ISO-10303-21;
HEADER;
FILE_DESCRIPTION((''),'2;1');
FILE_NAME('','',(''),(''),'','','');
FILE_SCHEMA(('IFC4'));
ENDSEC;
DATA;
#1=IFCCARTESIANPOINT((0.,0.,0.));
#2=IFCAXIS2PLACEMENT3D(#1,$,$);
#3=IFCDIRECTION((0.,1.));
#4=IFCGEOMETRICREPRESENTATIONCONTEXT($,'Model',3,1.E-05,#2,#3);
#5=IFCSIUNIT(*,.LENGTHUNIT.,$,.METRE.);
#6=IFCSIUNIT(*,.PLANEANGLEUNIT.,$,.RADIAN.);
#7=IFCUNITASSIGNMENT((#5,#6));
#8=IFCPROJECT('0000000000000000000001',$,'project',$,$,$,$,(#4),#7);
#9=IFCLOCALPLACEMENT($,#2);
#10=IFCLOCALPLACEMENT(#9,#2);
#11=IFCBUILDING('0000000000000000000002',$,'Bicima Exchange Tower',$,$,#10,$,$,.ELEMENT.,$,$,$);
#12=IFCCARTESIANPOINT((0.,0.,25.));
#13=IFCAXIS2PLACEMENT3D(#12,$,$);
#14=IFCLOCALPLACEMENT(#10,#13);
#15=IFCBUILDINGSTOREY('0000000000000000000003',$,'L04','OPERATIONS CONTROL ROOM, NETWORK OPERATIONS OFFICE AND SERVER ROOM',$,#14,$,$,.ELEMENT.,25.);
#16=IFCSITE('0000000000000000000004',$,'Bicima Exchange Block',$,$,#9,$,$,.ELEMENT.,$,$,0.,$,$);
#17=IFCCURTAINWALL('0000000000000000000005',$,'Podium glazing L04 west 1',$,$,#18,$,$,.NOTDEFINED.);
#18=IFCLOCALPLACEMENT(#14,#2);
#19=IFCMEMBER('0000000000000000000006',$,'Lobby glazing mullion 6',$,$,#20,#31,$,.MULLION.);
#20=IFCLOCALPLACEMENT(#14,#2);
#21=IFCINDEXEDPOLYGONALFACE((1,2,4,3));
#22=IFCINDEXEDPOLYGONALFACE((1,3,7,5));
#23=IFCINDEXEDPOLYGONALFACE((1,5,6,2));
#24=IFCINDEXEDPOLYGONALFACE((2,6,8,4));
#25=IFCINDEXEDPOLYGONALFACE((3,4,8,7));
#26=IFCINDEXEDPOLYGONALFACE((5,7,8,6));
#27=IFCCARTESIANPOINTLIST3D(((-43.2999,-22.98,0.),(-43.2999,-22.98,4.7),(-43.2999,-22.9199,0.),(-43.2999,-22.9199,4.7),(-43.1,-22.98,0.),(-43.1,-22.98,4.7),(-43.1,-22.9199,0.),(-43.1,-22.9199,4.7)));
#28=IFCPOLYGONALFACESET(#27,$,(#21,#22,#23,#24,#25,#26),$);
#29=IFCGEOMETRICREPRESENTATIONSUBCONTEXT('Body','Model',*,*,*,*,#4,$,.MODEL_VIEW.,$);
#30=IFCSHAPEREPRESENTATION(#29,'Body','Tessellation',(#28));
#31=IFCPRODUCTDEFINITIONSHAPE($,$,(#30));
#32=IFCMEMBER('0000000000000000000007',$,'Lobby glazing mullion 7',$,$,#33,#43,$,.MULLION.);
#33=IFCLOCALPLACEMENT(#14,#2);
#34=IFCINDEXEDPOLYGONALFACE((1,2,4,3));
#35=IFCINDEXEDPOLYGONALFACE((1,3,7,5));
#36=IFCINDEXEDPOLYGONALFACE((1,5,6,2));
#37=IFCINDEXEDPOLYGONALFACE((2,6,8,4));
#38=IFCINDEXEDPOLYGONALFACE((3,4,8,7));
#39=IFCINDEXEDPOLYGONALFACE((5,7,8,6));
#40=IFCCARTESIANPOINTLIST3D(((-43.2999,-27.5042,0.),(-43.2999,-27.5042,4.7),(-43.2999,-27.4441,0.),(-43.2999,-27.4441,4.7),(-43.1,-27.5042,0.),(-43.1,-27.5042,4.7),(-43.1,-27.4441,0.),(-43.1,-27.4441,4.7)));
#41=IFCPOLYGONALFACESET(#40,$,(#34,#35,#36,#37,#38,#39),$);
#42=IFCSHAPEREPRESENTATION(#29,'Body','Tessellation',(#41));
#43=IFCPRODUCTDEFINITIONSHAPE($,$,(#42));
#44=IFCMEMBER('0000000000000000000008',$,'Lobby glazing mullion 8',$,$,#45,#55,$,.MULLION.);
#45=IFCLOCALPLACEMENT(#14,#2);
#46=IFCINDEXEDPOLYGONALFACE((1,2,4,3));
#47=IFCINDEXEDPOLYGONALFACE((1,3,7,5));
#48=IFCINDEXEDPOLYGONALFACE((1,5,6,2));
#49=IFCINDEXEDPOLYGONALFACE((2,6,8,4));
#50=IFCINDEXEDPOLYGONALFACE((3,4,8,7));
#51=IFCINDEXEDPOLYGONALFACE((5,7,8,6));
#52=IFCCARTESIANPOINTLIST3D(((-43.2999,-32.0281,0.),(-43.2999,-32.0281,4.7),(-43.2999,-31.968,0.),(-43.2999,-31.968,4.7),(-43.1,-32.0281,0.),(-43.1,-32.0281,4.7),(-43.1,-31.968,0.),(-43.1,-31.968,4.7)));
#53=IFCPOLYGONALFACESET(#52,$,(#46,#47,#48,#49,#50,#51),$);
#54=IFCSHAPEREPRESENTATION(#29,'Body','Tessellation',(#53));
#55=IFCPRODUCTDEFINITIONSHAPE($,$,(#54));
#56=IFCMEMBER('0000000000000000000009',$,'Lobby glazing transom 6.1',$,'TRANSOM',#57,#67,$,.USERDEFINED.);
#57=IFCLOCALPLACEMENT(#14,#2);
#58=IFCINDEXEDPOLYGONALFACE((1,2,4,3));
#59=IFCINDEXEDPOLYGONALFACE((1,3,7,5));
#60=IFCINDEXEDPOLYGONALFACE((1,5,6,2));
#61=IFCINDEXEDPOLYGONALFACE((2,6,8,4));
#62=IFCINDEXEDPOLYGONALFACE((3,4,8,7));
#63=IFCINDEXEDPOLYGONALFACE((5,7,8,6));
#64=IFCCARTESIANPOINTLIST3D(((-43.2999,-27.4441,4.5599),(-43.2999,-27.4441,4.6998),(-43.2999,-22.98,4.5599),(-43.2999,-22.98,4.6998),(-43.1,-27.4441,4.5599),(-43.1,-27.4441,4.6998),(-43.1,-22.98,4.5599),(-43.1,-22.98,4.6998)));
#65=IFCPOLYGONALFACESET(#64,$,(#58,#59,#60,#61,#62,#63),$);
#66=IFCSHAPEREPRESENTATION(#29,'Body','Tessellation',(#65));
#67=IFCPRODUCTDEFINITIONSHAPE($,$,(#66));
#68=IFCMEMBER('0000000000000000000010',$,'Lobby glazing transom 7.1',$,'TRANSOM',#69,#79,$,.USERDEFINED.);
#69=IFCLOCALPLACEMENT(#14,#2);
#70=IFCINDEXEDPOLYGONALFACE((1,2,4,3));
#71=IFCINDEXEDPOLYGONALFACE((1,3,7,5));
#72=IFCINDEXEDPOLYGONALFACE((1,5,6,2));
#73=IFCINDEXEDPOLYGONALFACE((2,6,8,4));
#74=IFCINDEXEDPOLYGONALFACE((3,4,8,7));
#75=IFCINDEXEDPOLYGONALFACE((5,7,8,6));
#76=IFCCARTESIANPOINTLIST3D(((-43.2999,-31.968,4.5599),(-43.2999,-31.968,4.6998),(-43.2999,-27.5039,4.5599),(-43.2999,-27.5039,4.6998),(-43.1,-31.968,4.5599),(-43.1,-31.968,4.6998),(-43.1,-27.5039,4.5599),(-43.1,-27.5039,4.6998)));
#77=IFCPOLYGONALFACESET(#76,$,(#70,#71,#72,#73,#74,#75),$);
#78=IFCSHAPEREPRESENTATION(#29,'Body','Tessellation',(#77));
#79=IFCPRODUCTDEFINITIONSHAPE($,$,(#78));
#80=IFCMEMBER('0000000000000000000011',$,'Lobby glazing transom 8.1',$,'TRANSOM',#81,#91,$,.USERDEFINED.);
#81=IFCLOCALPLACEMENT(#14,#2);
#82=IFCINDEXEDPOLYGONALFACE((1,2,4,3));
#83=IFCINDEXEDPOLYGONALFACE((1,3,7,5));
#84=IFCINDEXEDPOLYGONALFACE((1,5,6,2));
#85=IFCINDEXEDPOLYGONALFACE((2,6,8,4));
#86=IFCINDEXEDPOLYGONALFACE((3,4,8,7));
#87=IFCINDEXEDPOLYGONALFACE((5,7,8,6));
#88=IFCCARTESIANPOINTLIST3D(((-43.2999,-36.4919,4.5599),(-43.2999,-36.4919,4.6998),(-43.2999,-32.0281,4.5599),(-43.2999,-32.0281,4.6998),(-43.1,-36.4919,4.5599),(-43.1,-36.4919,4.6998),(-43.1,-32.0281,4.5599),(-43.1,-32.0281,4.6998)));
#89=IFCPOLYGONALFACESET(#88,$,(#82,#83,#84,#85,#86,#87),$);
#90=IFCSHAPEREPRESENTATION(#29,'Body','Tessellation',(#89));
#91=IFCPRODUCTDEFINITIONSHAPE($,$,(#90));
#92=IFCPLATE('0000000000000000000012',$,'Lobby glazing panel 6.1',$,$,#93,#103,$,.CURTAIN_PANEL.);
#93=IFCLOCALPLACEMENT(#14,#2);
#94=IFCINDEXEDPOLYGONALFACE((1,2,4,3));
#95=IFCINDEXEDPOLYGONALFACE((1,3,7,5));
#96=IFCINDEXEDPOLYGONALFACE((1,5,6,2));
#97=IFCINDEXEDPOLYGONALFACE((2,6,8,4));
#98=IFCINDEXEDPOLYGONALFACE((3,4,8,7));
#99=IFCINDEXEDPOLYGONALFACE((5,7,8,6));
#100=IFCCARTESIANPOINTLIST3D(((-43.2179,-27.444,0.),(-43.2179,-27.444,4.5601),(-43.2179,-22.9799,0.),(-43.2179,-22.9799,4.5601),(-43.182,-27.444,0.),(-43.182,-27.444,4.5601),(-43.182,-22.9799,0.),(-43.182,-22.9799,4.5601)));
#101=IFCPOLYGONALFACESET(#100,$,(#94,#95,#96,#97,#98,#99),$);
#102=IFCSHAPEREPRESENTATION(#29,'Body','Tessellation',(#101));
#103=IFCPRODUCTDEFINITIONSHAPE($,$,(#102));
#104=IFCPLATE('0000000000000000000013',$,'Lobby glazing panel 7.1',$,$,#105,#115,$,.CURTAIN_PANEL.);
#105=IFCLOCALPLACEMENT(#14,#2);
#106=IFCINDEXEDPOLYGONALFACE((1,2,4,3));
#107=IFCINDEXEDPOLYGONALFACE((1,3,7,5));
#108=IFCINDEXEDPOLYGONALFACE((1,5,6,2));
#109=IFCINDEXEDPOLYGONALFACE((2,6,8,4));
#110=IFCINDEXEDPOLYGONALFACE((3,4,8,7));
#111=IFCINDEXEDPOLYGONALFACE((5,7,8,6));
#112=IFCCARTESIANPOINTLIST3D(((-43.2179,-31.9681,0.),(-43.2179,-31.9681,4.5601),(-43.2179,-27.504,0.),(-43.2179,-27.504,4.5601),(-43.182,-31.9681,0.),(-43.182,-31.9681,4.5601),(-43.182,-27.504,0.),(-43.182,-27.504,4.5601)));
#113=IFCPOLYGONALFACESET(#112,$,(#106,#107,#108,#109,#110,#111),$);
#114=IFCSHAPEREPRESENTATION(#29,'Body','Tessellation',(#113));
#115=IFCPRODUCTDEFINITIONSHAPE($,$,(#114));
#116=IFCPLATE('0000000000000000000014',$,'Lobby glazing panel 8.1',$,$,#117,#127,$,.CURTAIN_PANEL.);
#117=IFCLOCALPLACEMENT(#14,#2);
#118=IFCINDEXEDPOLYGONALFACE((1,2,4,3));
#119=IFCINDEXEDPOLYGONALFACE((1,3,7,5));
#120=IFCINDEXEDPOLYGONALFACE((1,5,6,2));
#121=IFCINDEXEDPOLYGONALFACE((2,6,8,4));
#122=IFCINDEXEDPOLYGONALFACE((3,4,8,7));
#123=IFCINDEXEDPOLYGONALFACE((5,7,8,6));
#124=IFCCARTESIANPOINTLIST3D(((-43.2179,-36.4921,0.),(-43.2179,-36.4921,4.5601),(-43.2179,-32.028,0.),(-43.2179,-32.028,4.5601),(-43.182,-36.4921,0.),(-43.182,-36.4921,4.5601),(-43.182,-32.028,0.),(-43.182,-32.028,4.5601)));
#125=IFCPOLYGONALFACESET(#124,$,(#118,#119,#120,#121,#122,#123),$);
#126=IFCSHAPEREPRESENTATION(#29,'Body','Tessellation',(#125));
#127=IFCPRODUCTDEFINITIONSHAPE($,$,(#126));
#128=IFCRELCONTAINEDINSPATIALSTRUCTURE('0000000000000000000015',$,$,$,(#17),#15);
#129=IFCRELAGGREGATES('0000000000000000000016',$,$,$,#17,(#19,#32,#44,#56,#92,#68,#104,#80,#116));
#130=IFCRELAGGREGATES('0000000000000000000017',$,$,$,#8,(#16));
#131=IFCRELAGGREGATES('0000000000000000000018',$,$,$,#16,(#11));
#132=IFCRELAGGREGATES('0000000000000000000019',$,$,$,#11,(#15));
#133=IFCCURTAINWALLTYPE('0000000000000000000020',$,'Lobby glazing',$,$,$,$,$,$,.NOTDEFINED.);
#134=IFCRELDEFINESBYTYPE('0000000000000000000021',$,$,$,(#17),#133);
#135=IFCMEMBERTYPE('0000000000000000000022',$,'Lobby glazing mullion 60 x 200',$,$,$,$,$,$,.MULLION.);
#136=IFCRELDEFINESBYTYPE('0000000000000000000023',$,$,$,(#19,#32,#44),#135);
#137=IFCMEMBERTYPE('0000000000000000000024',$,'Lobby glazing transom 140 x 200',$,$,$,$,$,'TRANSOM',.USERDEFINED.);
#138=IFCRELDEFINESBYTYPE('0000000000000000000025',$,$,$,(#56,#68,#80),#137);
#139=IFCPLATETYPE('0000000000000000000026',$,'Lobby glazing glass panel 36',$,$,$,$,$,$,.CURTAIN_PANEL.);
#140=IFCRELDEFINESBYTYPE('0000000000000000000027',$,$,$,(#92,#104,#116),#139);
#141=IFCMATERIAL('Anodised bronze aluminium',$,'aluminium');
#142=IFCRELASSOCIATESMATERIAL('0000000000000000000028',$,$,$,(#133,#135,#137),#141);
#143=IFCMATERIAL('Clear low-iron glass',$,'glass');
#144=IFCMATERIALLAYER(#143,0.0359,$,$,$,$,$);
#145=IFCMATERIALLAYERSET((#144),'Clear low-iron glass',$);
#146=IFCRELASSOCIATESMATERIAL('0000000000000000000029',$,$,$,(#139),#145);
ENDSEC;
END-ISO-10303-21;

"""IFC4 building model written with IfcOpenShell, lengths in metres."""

from ifc_helpers import new_model, si_unit, direction, frame, origin, origin_2d, place, context, subcontext, project, spatial, rectangle, extrude, material, layer, layer_set, material_profile, profile_set, type_object, element, aggregate, save


model = new_model("IFC4")

# Units and contexts
model_context = context("Model", 3, precision=1e-05, world=origin(), true_north=direction((0.0, 1.0)))
body_context = subcontext(model_context, "Body", "Model", "MODEL_VIEW")
ifc_project = project(units=[si_unit("LENGTHUNIT", "METRE"), si_unit("PLANEANGLEUNIT", "RADIAN")], contexts=[model_context])

# Site, building, storey
site_placement = place(None, origin())
site = spatial("IfcSite", under=ifc_project, at=site_placement, Name="Bicima Exchange Block", CompositionType="ELEMENT", RefElevation=0.0)
building_placement = place(site_placement, origin())
building = spatial("IfcBuilding", under=site, at=building_placement, Name="Bicima Exchange Tower", CompositionType="ELEMENT")
storey_placement = place(building_placement, frame((0.0, 0.0, 25.0)))
storey = spatial("IfcBuildingStorey", under=building, at=storey_placement, Name="L04", Description="OPERATIONS CONTROL ROOM, NETWORK OPERATIONS OFFICE AND SERVER ROOM", CompositionType="ELEMENT", Elevation=25.0)

# Curtain wall, members, plates
ifc_material_1 = material(Name="Anodised bronze aluminium", Category="aluminium")
curtain_wall_type = type_object("IfcCurtainWallType", Name="Lobby glazing", PredefinedType="NOTDEFINED", material=ifc_material_1)
curtain_wall_placement = place(storey_placement, origin())
curtain_wall = element("IfcCurtainWall", 1, at=curtain_wall_placement, inside=storey, type_object=curtain_wall_type, Name="Podium glazing L04 west 1", PredefinedType="NOTDEFINED")
ifc_material_profile_1 = material_profile(ifc_material_1, rectangle(XDim=0.2, YDim=0.0601, at=origin_2d()))
ifc_profile_set_1 = profile_set([ifc_material_profile_1], Name="Anodised bronze aluminium")
member_type_1 = type_object("IfcMemberType", Name="Lobby glazing mullion 60 x 200", PredefinedType="MULLION", material=ifc_profile_set_1)
member_1_placement = place(storey_placement, frame((-43.2, -22.95, 0.0), z_axis=(0.0, 0.0, 1.0), x_axis=(1.0, 0.0, 0.0)))
member_1 = element("IfcMember", 2, at=member_1_placement, type_object=member_type_1, Name="Lobby glazing mullion 6", PredefinedType="MULLION", context=body_context, shape_type="SweptSolid", body=[
    extrude(rectangle(XDim=0.2, YDim=0.0601, at=origin_2d()), origin(), (0.0, 0.0, 1.0), 4.7),
])
member_2_placement = place(storey_placement, frame((-43.2, -27.4741, 0.0), z_axis=(0.0, 0.0, 1.0), x_axis=(1.0, 0.0, 0.0)))
member_2 = element("IfcMember", 3, at=member_2_placement, type_object=member_type_1, Name="Lobby glazing mullion 7", PredefinedType="MULLION", context=body_context, shape_type="SweptSolid", body=[
    extrude(rectangle(XDim=0.2, YDim=0.0601, at=origin_2d()), origin(), (0.0, 0.0, 1.0), 4.7),
])
member_3_placement = place(storey_placement, frame((-43.2, -31.998, 0.0), z_axis=(0.0, 0.0, 1.0), x_axis=(1.0, 0.0, 0.0)))
member_3 = element("IfcMember", 4, at=member_3_placement, type_object=member_type_1, Name="Lobby glazing mullion 8", PredefinedType="MULLION", context=body_context, shape_type="SweptSolid", body=[
    extrude(rectangle(XDim=0.2, YDim=0.0601, at=origin_2d()), origin(), (0.0, 0.0, 1.0), 4.7),
])
ifc_material_profile_2 = material_profile(ifc_material_1, rectangle(XDim=0.2, YDim=0.1399, at=origin_2d()))
ifc_profile_set_2 = profile_set([ifc_material_profile_2], Name="Anodised bronze aluminium")
member_type_2 = type_object("IfcMemberType", Name="Lobby glazing transom 140 x 200", ElementType="TRANSOM", PredefinedType="USERDEFINED", material=ifc_profile_set_2)
member_4_placement = place(storey_placement, frame((-43.2, -22.98, 4.6299), z_axis=(0.0, -1.0, 0.0), x_axis=(1.0, 0.0, 0.0)))
member_4 = element("IfcMember", 5, at=member_4_placement, type_object=member_type_2, Name="Lobby glazing transom 6.1", ObjectType="TRANSOM", PredefinedType="USERDEFINED", context=body_context, shape_type="SweptSolid", body=[
    extrude(rectangle(XDim=0.2, YDim=0.1399, at=origin_2d()), origin(), (0.0, 0.0, 1.0), 4.4641),
])
member_5_placement = place(storey_placement, frame((-43.2, -27.5039, 4.6299), z_axis=(0.0, -1.0, 0.0), x_axis=(1.0, 0.0, 0.0)))
member_5 = element("IfcMember", 6, at=member_5_placement, type_object=member_type_2, Name="Lobby glazing transom 7.1", ObjectType="TRANSOM", PredefinedType="USERDEFINED", context=body_context, shape_type="SweptSolid", body=[
    extrude(rectangle(XDim=0.2, YDim=0.1399, at=origin_2d()), origin(), (0.0, 0.0, 1.0), 4.4641),
])
member_6_placement = place(storey_placement, frame((-43.2, -32.0281, 4.6299), z_axis=(0.0, -1.0, 0.0), x_axis=(1.0, 0.0, 0.0)))
member_6 = element("IfcMember", 7, at=member_6_placement, type_object=member_type_2, Name="Lobby glazing transom 8.1", ObjectType="TRANSOM", PredefinedType="USERDEFINED", context=body_context, shape_type="SweptSolid", body=[
    extrude(rectangle(XDim=0.2, YDim=0.1399, at=origin_2d()), origin(), (0.0, 0.0, 1.0), 4.4639),
])
ifc_material_2 = material(Name="Clear low-iron glass", Category="glass")
ifc_layer_1 = layer(ifc_material_2, 0.0359)
ifc_layer_set_1 = layer_set([ifc_layer_1], Name="Clear low-iron glass")
plate_type = type_object("IfcPlateType", Name="Lobby glazing glass panel 36", PredefinedType="CURTAIN_PANEL", material=ifc_layer_set_1)
plate_1_placement = place(storey_placement, frame((-43.2, -25.2119, 0.0), z_axis=(0.0, 0.0, 1.0), x_axis=(0.0, -1.0, 0.0)))
plate_1 = element("IfcPlate", 8, at=plate_1_placement, type_object=plate_type, Name="Lobby glazing panel 6.1", PredefinedType="CURTAIN_PANEL", context=body_context, shape_type="SweptSolid", body=[
    extrude(rectangle(XDim=4.4641, YDim=0.0359, at=origin_2d()), origin(), (0.0, 0.0, 1.0), 4.5601),
])
plate_2_placement = place(storey_placement, frame((-43.2, -29.7361, 0.0), z_axis=(0.0, 0.0, 1.0), x_axis=(0.0, -1.0, 0.0)))
plate_2 = element("IfcPlate", 9, at=plate_2_placement, type_object=plate_type, Name="Lobby glazing panel 7.1", PredefinedType="CURTAIN_PANEL", context=body_context, shape_type="SweptSolid", body=[
    extrude(rectangle(XDim=4.4641, YDim=0.0359, at=origin_2d()), origin(), (0.0, 0.0, 1.0), 4.5601),
])
plate_3_placement = place(storey_placement, frame((-43.2, -34.26, 0.0), z_axis=(0.0, 0.0, 1.0), x_axis=(0.0, -1.0, 0.0)))
plate_3 = element("IfcPlate", 10, at=plate_3_placement, type_object=plate_type, Name="Lobby glazing panel 8.1", PredefinedType="CURTAIN_PANEL", context=body_context, shape_type="SweptSolid", body=[
    extrude(rectangle(XDim=4.4641, YDim=0.0359, at=origin_2d()), origin(), (0.0, 0.0, 1.0), 4.5601),
])
aggregate(curtain_wall, [member_1, member_2, member_3, member_4, plate_1, member_5, plate_2, member_6, plate_3])

save(model, "model.ifc")
